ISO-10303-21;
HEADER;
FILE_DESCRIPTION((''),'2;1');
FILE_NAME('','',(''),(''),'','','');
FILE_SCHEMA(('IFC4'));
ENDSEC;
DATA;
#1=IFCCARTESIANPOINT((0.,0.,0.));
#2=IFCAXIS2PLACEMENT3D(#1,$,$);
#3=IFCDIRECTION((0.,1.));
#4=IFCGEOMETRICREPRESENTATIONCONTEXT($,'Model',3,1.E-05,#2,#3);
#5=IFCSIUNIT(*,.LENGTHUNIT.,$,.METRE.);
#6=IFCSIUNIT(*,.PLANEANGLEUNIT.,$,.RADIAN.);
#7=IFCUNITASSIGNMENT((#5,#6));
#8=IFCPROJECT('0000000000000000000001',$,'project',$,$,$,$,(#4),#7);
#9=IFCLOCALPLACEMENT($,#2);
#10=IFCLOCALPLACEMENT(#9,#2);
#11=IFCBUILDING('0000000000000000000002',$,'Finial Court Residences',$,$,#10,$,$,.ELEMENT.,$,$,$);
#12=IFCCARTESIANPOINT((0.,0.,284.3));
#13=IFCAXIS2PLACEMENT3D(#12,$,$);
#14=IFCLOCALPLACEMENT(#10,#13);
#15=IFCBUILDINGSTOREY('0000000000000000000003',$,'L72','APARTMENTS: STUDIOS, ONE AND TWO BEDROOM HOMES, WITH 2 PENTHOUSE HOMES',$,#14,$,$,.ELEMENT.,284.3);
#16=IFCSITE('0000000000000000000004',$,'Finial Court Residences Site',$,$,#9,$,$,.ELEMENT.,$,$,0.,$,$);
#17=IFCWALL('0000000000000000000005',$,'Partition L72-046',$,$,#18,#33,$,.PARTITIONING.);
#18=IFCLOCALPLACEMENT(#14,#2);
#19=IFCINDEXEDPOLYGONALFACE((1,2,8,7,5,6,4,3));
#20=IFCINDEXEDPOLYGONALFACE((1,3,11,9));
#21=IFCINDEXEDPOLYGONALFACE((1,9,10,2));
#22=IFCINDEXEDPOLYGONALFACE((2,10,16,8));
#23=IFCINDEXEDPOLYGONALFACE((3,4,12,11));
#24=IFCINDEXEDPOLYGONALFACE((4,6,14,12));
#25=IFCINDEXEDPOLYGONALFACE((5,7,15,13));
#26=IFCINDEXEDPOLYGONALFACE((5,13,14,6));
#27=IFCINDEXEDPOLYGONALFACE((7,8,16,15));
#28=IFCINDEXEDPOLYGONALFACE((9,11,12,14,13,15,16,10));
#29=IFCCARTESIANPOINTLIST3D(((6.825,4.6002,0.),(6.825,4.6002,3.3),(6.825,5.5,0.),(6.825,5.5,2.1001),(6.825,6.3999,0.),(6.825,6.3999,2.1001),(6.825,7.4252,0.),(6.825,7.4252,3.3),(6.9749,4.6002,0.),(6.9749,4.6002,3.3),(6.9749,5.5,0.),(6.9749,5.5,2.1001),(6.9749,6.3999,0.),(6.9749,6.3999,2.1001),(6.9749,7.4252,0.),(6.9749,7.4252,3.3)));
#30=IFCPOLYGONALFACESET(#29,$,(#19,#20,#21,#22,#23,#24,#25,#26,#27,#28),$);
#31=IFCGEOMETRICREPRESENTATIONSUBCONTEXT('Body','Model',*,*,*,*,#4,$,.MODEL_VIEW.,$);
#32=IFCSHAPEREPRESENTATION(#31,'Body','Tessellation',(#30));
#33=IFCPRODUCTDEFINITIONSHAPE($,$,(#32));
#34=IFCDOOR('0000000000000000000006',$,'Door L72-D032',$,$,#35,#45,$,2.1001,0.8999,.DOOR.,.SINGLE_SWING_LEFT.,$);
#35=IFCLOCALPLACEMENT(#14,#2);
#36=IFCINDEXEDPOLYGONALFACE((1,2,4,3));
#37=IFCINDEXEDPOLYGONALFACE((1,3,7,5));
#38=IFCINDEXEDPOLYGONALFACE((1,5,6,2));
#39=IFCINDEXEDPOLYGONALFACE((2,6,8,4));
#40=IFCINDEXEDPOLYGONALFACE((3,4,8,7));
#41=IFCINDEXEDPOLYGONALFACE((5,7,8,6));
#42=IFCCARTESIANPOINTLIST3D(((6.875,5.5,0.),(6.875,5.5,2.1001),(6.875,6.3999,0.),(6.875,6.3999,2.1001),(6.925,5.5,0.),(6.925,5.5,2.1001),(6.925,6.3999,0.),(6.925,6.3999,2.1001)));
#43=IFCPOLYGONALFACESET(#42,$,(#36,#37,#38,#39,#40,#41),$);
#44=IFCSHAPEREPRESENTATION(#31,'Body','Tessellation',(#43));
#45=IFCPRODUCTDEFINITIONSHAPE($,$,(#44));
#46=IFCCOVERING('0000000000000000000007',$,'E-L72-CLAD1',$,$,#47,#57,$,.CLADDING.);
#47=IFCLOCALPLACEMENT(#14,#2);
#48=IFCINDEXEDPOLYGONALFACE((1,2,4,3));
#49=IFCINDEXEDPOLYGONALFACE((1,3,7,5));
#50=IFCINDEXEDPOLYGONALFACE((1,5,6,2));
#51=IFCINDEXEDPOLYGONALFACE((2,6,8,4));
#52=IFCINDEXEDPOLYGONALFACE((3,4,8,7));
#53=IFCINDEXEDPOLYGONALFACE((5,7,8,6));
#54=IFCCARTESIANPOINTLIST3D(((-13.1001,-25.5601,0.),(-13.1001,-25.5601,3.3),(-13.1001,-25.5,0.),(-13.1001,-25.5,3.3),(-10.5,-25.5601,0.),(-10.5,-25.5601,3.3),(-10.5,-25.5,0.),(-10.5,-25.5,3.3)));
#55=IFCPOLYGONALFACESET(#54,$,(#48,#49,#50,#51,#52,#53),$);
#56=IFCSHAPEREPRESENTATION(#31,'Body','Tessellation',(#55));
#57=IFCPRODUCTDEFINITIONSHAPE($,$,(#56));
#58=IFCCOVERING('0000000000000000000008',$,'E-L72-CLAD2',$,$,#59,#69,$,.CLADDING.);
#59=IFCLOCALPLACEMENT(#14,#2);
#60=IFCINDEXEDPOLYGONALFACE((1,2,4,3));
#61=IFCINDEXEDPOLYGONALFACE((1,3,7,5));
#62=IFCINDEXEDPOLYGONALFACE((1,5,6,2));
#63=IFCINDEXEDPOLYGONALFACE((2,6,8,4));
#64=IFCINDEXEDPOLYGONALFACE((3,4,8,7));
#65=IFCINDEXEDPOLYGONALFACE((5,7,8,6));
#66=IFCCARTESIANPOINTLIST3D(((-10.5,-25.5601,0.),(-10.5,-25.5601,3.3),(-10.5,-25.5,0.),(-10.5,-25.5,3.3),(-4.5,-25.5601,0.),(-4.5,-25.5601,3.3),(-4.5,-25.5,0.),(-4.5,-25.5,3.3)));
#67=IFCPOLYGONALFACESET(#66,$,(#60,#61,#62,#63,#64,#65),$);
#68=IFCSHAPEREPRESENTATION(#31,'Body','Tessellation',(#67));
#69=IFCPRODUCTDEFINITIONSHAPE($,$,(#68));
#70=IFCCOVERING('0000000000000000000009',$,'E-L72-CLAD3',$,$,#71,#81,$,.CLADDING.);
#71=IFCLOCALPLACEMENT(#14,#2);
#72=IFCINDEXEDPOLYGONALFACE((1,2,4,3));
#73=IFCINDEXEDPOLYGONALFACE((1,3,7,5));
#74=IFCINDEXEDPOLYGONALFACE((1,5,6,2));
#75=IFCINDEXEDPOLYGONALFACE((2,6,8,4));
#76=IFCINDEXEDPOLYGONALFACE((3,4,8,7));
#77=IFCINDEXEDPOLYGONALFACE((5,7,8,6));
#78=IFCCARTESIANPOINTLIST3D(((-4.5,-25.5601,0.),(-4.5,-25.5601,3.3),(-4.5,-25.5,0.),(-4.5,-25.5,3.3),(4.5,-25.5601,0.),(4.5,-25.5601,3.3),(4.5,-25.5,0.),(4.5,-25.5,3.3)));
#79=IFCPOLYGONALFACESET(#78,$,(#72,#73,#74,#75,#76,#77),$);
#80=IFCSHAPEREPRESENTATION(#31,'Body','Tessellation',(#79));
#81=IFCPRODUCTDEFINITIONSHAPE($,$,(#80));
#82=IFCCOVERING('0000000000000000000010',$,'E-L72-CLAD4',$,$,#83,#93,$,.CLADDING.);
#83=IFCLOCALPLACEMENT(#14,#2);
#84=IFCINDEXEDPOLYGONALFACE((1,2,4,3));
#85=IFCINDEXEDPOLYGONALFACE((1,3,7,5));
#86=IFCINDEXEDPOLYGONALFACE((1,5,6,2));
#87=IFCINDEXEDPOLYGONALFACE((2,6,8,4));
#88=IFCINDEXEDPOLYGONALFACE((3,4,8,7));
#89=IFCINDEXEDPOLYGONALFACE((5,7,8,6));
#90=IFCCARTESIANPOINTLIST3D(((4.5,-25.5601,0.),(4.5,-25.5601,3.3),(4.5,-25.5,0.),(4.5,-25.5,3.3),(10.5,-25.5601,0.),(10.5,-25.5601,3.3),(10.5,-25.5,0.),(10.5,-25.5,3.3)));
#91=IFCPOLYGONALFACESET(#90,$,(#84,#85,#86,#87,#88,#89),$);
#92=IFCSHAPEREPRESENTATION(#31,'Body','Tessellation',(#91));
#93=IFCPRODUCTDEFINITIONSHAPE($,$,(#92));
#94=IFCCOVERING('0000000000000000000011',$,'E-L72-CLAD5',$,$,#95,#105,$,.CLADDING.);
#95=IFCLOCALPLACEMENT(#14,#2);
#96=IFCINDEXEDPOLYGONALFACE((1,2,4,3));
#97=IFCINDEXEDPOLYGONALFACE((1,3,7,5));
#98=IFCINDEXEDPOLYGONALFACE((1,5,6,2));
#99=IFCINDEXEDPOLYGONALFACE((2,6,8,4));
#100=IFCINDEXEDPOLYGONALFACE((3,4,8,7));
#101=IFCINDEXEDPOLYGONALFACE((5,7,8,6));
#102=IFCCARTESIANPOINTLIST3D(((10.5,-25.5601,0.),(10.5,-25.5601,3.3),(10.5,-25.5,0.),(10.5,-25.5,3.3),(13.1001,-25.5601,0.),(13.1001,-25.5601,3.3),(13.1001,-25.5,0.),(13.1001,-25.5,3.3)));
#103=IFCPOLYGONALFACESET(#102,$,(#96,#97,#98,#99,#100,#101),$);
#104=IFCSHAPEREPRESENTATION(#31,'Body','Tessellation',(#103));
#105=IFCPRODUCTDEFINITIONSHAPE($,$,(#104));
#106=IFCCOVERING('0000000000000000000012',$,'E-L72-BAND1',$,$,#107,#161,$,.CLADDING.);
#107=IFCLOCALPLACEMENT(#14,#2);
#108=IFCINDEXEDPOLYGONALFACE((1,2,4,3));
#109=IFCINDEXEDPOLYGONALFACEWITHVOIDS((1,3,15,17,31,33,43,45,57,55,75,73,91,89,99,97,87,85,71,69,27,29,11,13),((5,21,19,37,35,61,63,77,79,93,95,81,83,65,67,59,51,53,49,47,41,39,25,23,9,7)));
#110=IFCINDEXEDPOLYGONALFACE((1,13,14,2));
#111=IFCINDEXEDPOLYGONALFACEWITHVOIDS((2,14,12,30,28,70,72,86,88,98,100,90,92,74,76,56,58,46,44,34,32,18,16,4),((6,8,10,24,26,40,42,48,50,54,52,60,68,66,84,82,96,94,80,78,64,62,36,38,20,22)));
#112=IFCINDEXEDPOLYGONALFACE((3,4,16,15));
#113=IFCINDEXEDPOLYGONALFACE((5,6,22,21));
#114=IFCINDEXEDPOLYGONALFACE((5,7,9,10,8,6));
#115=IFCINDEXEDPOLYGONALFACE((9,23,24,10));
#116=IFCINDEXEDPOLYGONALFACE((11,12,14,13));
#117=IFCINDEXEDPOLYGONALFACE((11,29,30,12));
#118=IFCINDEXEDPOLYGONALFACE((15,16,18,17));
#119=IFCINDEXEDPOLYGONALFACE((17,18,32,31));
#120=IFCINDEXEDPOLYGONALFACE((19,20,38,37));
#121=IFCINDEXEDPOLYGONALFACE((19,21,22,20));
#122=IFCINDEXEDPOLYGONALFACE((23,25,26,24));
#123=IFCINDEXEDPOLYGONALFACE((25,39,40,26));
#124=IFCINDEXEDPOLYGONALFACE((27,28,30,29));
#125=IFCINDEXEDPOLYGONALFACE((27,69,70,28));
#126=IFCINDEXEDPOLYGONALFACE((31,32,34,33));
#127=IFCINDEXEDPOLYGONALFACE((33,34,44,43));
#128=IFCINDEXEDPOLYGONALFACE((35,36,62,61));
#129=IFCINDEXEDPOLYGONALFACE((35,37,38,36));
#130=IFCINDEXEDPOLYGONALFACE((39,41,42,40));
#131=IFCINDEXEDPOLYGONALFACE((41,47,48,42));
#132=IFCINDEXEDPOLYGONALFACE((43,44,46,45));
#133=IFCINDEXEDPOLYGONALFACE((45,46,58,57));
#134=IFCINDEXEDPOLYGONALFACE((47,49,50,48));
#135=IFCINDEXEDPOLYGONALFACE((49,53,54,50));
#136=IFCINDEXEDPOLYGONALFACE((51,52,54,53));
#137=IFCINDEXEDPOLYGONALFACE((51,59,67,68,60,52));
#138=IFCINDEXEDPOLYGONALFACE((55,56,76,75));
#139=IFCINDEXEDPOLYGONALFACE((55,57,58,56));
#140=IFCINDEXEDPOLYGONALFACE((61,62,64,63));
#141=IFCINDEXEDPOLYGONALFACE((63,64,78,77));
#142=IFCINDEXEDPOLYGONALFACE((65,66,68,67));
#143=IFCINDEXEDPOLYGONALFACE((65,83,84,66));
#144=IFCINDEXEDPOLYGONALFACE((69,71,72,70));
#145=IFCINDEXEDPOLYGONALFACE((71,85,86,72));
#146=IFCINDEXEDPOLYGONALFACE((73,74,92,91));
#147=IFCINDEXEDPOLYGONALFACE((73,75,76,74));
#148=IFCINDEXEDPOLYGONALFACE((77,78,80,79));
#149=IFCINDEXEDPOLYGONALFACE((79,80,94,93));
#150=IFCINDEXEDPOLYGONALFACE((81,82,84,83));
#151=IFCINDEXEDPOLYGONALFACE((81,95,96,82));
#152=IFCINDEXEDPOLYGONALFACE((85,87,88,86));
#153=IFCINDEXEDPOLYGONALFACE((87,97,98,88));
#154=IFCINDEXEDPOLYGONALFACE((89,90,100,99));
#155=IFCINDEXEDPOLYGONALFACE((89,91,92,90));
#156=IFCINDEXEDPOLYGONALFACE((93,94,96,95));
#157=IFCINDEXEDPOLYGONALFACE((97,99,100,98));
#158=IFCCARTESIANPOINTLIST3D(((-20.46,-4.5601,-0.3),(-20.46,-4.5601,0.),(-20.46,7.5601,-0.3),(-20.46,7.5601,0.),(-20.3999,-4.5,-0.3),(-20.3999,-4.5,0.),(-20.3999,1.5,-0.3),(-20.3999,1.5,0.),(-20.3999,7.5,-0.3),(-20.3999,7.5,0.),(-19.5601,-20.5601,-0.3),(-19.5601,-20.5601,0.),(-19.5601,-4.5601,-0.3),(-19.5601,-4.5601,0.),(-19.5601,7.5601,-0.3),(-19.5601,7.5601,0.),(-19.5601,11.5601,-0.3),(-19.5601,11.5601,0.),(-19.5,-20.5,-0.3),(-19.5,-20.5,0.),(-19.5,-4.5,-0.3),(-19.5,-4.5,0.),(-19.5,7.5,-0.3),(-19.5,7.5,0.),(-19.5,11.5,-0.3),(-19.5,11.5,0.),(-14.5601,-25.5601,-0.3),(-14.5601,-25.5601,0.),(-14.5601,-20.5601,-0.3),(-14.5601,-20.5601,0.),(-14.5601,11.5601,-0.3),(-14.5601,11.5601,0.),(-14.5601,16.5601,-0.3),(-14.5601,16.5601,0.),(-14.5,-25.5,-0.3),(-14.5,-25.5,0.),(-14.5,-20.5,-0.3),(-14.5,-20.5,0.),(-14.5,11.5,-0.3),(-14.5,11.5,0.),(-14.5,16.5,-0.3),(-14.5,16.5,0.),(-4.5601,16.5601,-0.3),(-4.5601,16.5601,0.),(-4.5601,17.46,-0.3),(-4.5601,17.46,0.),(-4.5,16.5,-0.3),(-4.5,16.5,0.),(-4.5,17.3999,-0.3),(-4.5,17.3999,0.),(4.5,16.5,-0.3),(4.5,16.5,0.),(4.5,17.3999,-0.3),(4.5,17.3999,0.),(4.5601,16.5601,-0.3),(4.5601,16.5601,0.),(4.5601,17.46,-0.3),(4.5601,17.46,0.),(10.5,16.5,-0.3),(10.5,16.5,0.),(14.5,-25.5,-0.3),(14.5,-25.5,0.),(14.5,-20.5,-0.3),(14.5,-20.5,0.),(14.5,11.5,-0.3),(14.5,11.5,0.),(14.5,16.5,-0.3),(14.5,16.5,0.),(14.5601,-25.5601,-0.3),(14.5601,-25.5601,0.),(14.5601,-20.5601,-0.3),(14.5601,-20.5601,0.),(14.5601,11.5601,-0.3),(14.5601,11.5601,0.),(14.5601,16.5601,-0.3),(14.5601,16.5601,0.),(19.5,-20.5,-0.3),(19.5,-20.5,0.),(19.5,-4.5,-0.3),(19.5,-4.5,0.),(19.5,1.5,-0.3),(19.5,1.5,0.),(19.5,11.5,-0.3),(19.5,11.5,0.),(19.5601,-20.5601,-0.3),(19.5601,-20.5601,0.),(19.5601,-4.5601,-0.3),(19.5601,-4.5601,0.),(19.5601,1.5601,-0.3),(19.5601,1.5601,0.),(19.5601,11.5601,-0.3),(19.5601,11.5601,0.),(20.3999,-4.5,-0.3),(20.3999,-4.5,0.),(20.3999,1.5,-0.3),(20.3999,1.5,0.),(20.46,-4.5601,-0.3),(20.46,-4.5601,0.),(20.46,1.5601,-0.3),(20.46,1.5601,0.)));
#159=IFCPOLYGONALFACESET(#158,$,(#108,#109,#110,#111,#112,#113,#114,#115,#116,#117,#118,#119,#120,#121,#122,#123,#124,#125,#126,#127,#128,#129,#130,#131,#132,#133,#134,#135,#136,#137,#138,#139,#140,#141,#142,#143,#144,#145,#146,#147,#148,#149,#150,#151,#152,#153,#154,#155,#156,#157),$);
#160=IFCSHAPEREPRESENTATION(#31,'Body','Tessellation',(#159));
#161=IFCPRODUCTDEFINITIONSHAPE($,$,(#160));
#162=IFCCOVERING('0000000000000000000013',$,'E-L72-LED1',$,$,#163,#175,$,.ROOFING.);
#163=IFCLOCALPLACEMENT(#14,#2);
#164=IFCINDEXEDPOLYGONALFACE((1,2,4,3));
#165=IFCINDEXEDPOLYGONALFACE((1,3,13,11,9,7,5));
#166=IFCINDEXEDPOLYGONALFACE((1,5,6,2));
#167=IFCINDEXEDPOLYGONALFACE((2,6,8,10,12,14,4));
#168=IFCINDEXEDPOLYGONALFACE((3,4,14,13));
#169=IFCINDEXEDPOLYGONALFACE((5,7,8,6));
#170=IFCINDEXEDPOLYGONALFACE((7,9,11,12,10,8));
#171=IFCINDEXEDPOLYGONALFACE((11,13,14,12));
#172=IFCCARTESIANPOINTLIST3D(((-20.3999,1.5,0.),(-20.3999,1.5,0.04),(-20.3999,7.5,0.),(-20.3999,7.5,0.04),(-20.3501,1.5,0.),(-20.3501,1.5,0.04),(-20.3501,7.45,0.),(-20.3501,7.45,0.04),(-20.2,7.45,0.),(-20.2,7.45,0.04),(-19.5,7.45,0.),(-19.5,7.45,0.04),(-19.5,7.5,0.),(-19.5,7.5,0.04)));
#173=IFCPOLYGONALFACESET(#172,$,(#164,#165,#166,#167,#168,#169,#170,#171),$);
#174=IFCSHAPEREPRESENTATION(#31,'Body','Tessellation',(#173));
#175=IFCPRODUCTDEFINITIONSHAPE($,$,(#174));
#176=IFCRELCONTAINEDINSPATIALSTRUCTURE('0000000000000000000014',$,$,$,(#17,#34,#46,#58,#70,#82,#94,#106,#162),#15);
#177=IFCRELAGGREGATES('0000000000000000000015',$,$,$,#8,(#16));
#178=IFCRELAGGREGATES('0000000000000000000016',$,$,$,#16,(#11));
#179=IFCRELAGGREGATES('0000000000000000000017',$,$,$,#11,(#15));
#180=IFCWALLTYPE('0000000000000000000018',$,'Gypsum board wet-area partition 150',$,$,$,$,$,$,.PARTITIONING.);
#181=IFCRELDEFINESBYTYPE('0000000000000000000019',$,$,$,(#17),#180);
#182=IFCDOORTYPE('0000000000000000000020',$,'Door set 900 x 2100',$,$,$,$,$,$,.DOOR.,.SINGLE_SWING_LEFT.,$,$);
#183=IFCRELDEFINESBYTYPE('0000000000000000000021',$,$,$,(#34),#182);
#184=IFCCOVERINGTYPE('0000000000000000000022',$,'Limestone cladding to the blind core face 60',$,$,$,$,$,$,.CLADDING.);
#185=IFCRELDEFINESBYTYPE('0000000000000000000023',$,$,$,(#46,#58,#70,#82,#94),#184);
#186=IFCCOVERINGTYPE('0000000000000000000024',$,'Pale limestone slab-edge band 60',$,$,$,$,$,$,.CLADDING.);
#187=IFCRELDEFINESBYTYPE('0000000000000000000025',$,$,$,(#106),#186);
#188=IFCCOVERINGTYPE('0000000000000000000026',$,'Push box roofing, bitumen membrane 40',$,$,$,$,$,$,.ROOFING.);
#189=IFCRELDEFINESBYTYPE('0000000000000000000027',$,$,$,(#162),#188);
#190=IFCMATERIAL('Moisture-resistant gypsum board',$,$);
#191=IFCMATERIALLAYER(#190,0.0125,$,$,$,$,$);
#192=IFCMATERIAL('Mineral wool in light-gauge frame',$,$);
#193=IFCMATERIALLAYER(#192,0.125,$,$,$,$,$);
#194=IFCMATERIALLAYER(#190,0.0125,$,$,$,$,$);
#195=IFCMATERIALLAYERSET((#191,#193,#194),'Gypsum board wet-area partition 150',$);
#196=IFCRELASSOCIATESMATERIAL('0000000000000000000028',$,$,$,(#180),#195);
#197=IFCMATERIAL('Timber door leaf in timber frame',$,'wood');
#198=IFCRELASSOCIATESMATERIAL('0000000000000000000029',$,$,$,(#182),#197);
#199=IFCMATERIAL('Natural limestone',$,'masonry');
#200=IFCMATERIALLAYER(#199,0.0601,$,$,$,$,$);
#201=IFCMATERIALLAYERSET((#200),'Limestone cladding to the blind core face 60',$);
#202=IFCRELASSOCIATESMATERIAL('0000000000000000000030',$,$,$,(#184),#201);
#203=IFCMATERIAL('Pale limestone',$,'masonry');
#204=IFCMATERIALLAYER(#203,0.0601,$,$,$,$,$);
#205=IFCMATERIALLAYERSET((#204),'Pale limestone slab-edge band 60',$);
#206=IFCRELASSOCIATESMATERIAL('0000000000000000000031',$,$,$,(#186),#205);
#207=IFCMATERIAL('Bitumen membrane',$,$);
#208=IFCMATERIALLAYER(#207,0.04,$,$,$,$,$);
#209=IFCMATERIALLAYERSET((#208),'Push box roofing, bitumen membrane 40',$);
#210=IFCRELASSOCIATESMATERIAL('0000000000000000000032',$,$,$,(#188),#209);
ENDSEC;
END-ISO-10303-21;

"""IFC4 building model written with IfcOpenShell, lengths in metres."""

from ifc_helpers import new_model, si_unit, direction, frame, frame_2d, origin, place, context, subcontext, project, spatial, polyline, rectangle, outline, extrude, material, layer, layer_set, type_object, element, fill, save


model = new_model("IFC4")

# Units and contexts
model_context = context("Model", 3, precision=1e-05, world=origin(), true_north=direction((0.0, 1.0)))
body_context = subcontext(model_context, "Body", "Model", "MODEL_VIEW")
ifc_project = project(units=[si_unit("LENGTHUNIT", "METRE"), si_unit("PLANEANGLEUNIT", "RADIAN")], contexts=[model_context])

# Site, building, storey
site_placement = place(None, origin())
site = spatial("IfcSite", under=ifc_project, at=site_placement, Name="Finial Court Residences Site", CompositionType="ELEMENT", RefElevation=0.0)
building_placement = place(site_placement, origin())
building = spatial("IfcBuilding", under=site, at=building_placement, Name="Finial Court Residences", CompositionType="ELEMENT")
storey_placement = place(building_placement, frame((0.0, 0.0, 284.3)))
storey = spatial("IfcBuildingStorey", under=building, at=storey_placement, Name="L72", Description="APARTMENTS: STUDIOS, ONE AND TWO BEDROOM HOMES, WITH 2 PENTHOUSE HOMES", CompositionType="ELEMENT", Elevation=284.3)

# Shared definitions
ifc_material_1 = material(Name="Moisture-resistant gypsum board")
ifc_layer_1 = layer(ifc_material_1, 0.0125)
ifc_material_2 = material(Name="Mineral wool in light-gauge frame")
ifc_layer_2 = layer(ifc_material_2, 0.125)
ifc_layer_3 = layer(ifc_material_1, 0.0125)
ifc_layer_set_1 = layer_set([ifc_layer_1, ifc_layer_2, ifc_layer_3], Name="Gypsum board wet-area partition 150")
wall_type_1 = type_object("IfcWallType", Name="Gypsum board wet-area partition 150", PredefinedType="PARTITIONING", material=ifc_layer_set_1)
ifc_material_3 = material(Name="Timber door leaf in timber frame", Category="wood")
door_type = type_object("IfcDoorType", Name="Door set 900 x 2100", OperationType="SINGLE_SWING_LEFT", PredefinedType="DOOR", material=ifc_material_3)

# Wall, opening, door
wall_1_placement = place(storey_placement, frame((6.8999, 4.6001, 0.0), z_axis=(0.0, 0.0, 1.0), x_axis=(0.0, 1.0, 0.0)))
wall_1 = element("IfcWall", 1, at=wall_1_placement, inside=storey, type_object=wall_type_1, Name="Partition L72-046", PredefinedType="PARTITIONING", context=body_context, shape_type="SweptSolid", body=[
    extrude(rectangle(XDim=2.825, YDim=0.1499, at=frame_2d((1.4126, 0.0))), origin(), (0.0, 0.0, 1.0), 3.3),
])
opening_1_placement = place(wall_1_placement, frame((0.8999, 0.0, 0.0)))
opening_1 = element("IfcOpeningElement", 2, at=opening_1_placement, cuts=wall_1, PredefinedType="OPENING", context=body_context, shape_type="SweptSolid", body=[
    extrude(rectangle(XDim=0.8999, YDim=2.1001, at=frame_2d((0.45, 1.05))), frame((0.0, 0.085, 0.0), z_axis=(0.0, -1.0, 0.0), x_axis=(1.0, 0.0, 0.0)), (0.0, 0.0, 1.0), 0.1699),
])
door_1_placement = place(opening_1_placement, origin())
door_1 = element("IfcDoor", 3, at=door_1_placement, inside=storey, type_object=door_type, Name="Door L72-D032", OperationType="SINGLE_SWING_LEFT", OverallHeight=2.1001, OverallWidth=0.8999, PredefinedType="DOOR", context=body_context, shape_type="SweptSolid", body=[
    extrude(rectangle(XDim=0.8999, YDim=2.1001, at=frame_2d((0.45, 1.05))), frame((0.0, 0.0249, 0.0), z_axis=(0.0, -1.0, 0.0), x_axis=(1.0, 0.0, 0.0)), (0.0, 0.0, 1.0), 0.05),
])
fill(opening_1, door_1)

# Coverings
ifc_material_4 = material(Name="Natural limestone", Category="masonry")
ifc_layer_4 = layer(ifc_material_4, 0.0601)
ifc_layer_set_2 = layer_set([ifc_layer_4], Name="Limestone cladding to the blind core face 60")
covering_type_1 = type_object("IfcCoveringType", Name="Limestone cladding to the blind core face 60", PredefinedType="CLADDING", material=ifc_layer_set_2)
covering_1_placement = place(storey_placement, origin())
element("IfcCovering", 4, at=covering_1_placement, inside=storey, type_object=covering_type_1, Name="E-L72-CLAD1", PredefinedType="CLADDING", context=body_context, shape_type="SweptSolid", body=[
    extrude(outline(polyline([(-10.5, -25.5601), (-10.5, -25.5), (-13.1001, -25.5), (-13.1001, -25.5601), (-10.5, -25.5601)])), origin(), (0.0, 0.0, 1.0), 3.3),
])
covering_2_placement = place(storey_placement, origin())
element("IfcCovering", 5, at=covering_2_placement, inside=storey, type_object=covering_type_1, Name="E-L72-CLAD2", PredefinedType="CLADDING", context=body_context, shape_type="SweptSolid", body=[
    extrude(outline(polyline([(-4.5, -25.5601), (-4.5, -25.5), (-10.5, -25.5), (-10.5, -25.5601), (-4.5, -25.5601)])), origin(), (0.0, 0.0, 1.0), 3.3),
])
covering_3_placement = place(storey_placement, origin())
element("IfcCovering", 6, at=covering_3_placement, inside=storey, type_object=covering_type_1, Name="E-L72-CLAD3", PredefinedType="CLADDING", context=body_context, shape_type="SweptSolid", body=[
    extrude(outline(polyline([(4.5, -25.5601), (4.5, -25.5), (-4.5, -25.5), (-4.5, -25.5601), (4.5, -25.5601)])), origin(), (0.0, 0.0, 1.0), 3.3),
])
covering_4_placement = place(storey_placement, origin())
element("IfcCovering", 7, at=covering_4_placement, inside=storey, type_object=covering_type_1, Name="E-L72-CLAD4", PredefinedType="CLADDING", context=body_context, shape_type="SweptSolid", body=[
    extrude(outline(polyline([(10.5, -25.5601), (10.5, -25.5), (4.5, -25.5), (4.5, -25.5601), (10.5, -25.5601)])), origin(), (0.0, 0.0, 1.0), 3.3),
])
covering_5_placement = place(storey_placement, origin())
element("IfcCovering", 8, at=covering_5_placement, inside=storey, type_object=covering_type_1, Name="E-L72-CLAD5", PredefinedType="CLADDING", context=body_context, shape_type="SweptSolid", body=[
    extrude(outline(polyline([(13.1001, -25.5601), (13.1001, -25.5), (10.5, -25.5), (10.5, -25.5601), (13.1001, -25.5601)])), origin(), (0.0, 0.0, 1.0), 3.3),
])
ifc_material_5 = material(Name="Pale limestone", Category="masonry")
ifc_layer_5 = layer(ifc_material_5, 0.0601)
ifc_layer_set_3 = layer_set([ifc_layer_5], Name="Pale limestone slab-edge band 60")
covering_type_2 = type_object("IfcCoveringType", Name="Pale limestone slab-edge band 60", PredefinedType="CLADDING", material=ifc_layer_set_3)
covering_6_placement = place(storey_placement, frame((0.0, 0.0, -0.3)))
element("IfcCovering", 9, at=covering_6_placement, inside=storey, type_object=covering_type_2, Name="E-L72-BAND1", PredefinedType="CLADDING", context=body_context, shape_type="SweptSolid", body=[
    extrude(outline(polyline([(-19.5601, -4.5601), (-20.46, -4.5601), (-20.46, 7.5601), (-19.5601, 7.5601), (-19.5601, 11.5601), (-14.5601, 11.5601), (-14.5601, 16.5601), (-4.5601, 16.5601), (-4.5601, 17.46), (4.5601, 17.46), (4.5601, 16.5601), (14.5601, 16.5601), (14.5601, 11.5601), (19.5601, 11.5601), (19.5601, 1.5601), (20.46, 1.5601), (20.46, -4.5601), (19.5601, -4.5601), (19.5601, -20.5601), (14.5601, -20.5601), (14.5601, -25.5601), (-14.5601, -25.5601), (-14.5601, -20.5601), (-19.5601, -20.5601), (-19.5601, -4.5601)]), holes=[polyline([(-14.5, -20.5), (-14.5, -25.5), (14.5, -25.5), (14.5, -20.5), (19.5, -20.5), (19.5, -4.5), (20.3999, -4.5), (20.3999, 1.5), (19.5, 1.5), (19.5, 11.5), (14.5, 11.5), (14.5, 16.5), (10.5, 16.5), (4.5, 16.5), (4.5, 17.3999), (-4.5, 17.3999), (-4.5, 16.5), (-14.5, 16.5), (-14.5, 11.5), (-19.5, 11.5), (-19.5, 7.5), (-20.3999, 7.5), (-20.3999, 1.5), (-20.3999, -4.5), (-19.5, -4.5), (-19.5, -20.5), (-14.5, -20.5)])]), origin(), (0.0, 0.0, 1.0), 0.3),
])
ifc_material_6 = material(Name="Bitumen membrane")
ifc_layer_6 = layer(ifc_material_6, 0.04)
ifc_layer_set_4 = layer_set([ifc_layer_6], Name="Push box roofing, bitumen membrane 40")
covering_type_3 = type_object("IfcCoveringType", Name="Push box roofing, bitumen membrane 40", PredefinedType="ROOFING", material=ifc_layer_set_4)
covering_7_placement = place(storey_placement, origin())
element("IfcCovering", 10, at=covering_7_placement, inside=storey, type_object=covering_type_3, Name="E-L72-LED1", PredefinedType="ROOFING", context=body_context, shape_type="SweptSolid", body=[
    extrude(outline(polyline([(-19.5, 7.45), (-20.2, 7.45), (-20.3501, 7.45), (-20.3501, 1.5), (-20.3999, 1.5), (-20.3999, 7.5), (-19.5, 7.5), (-19.5, 7.45)])), origin(), (0.0, 0.0, 1.0), 0.04),
])

save(model, "model.ifc")
